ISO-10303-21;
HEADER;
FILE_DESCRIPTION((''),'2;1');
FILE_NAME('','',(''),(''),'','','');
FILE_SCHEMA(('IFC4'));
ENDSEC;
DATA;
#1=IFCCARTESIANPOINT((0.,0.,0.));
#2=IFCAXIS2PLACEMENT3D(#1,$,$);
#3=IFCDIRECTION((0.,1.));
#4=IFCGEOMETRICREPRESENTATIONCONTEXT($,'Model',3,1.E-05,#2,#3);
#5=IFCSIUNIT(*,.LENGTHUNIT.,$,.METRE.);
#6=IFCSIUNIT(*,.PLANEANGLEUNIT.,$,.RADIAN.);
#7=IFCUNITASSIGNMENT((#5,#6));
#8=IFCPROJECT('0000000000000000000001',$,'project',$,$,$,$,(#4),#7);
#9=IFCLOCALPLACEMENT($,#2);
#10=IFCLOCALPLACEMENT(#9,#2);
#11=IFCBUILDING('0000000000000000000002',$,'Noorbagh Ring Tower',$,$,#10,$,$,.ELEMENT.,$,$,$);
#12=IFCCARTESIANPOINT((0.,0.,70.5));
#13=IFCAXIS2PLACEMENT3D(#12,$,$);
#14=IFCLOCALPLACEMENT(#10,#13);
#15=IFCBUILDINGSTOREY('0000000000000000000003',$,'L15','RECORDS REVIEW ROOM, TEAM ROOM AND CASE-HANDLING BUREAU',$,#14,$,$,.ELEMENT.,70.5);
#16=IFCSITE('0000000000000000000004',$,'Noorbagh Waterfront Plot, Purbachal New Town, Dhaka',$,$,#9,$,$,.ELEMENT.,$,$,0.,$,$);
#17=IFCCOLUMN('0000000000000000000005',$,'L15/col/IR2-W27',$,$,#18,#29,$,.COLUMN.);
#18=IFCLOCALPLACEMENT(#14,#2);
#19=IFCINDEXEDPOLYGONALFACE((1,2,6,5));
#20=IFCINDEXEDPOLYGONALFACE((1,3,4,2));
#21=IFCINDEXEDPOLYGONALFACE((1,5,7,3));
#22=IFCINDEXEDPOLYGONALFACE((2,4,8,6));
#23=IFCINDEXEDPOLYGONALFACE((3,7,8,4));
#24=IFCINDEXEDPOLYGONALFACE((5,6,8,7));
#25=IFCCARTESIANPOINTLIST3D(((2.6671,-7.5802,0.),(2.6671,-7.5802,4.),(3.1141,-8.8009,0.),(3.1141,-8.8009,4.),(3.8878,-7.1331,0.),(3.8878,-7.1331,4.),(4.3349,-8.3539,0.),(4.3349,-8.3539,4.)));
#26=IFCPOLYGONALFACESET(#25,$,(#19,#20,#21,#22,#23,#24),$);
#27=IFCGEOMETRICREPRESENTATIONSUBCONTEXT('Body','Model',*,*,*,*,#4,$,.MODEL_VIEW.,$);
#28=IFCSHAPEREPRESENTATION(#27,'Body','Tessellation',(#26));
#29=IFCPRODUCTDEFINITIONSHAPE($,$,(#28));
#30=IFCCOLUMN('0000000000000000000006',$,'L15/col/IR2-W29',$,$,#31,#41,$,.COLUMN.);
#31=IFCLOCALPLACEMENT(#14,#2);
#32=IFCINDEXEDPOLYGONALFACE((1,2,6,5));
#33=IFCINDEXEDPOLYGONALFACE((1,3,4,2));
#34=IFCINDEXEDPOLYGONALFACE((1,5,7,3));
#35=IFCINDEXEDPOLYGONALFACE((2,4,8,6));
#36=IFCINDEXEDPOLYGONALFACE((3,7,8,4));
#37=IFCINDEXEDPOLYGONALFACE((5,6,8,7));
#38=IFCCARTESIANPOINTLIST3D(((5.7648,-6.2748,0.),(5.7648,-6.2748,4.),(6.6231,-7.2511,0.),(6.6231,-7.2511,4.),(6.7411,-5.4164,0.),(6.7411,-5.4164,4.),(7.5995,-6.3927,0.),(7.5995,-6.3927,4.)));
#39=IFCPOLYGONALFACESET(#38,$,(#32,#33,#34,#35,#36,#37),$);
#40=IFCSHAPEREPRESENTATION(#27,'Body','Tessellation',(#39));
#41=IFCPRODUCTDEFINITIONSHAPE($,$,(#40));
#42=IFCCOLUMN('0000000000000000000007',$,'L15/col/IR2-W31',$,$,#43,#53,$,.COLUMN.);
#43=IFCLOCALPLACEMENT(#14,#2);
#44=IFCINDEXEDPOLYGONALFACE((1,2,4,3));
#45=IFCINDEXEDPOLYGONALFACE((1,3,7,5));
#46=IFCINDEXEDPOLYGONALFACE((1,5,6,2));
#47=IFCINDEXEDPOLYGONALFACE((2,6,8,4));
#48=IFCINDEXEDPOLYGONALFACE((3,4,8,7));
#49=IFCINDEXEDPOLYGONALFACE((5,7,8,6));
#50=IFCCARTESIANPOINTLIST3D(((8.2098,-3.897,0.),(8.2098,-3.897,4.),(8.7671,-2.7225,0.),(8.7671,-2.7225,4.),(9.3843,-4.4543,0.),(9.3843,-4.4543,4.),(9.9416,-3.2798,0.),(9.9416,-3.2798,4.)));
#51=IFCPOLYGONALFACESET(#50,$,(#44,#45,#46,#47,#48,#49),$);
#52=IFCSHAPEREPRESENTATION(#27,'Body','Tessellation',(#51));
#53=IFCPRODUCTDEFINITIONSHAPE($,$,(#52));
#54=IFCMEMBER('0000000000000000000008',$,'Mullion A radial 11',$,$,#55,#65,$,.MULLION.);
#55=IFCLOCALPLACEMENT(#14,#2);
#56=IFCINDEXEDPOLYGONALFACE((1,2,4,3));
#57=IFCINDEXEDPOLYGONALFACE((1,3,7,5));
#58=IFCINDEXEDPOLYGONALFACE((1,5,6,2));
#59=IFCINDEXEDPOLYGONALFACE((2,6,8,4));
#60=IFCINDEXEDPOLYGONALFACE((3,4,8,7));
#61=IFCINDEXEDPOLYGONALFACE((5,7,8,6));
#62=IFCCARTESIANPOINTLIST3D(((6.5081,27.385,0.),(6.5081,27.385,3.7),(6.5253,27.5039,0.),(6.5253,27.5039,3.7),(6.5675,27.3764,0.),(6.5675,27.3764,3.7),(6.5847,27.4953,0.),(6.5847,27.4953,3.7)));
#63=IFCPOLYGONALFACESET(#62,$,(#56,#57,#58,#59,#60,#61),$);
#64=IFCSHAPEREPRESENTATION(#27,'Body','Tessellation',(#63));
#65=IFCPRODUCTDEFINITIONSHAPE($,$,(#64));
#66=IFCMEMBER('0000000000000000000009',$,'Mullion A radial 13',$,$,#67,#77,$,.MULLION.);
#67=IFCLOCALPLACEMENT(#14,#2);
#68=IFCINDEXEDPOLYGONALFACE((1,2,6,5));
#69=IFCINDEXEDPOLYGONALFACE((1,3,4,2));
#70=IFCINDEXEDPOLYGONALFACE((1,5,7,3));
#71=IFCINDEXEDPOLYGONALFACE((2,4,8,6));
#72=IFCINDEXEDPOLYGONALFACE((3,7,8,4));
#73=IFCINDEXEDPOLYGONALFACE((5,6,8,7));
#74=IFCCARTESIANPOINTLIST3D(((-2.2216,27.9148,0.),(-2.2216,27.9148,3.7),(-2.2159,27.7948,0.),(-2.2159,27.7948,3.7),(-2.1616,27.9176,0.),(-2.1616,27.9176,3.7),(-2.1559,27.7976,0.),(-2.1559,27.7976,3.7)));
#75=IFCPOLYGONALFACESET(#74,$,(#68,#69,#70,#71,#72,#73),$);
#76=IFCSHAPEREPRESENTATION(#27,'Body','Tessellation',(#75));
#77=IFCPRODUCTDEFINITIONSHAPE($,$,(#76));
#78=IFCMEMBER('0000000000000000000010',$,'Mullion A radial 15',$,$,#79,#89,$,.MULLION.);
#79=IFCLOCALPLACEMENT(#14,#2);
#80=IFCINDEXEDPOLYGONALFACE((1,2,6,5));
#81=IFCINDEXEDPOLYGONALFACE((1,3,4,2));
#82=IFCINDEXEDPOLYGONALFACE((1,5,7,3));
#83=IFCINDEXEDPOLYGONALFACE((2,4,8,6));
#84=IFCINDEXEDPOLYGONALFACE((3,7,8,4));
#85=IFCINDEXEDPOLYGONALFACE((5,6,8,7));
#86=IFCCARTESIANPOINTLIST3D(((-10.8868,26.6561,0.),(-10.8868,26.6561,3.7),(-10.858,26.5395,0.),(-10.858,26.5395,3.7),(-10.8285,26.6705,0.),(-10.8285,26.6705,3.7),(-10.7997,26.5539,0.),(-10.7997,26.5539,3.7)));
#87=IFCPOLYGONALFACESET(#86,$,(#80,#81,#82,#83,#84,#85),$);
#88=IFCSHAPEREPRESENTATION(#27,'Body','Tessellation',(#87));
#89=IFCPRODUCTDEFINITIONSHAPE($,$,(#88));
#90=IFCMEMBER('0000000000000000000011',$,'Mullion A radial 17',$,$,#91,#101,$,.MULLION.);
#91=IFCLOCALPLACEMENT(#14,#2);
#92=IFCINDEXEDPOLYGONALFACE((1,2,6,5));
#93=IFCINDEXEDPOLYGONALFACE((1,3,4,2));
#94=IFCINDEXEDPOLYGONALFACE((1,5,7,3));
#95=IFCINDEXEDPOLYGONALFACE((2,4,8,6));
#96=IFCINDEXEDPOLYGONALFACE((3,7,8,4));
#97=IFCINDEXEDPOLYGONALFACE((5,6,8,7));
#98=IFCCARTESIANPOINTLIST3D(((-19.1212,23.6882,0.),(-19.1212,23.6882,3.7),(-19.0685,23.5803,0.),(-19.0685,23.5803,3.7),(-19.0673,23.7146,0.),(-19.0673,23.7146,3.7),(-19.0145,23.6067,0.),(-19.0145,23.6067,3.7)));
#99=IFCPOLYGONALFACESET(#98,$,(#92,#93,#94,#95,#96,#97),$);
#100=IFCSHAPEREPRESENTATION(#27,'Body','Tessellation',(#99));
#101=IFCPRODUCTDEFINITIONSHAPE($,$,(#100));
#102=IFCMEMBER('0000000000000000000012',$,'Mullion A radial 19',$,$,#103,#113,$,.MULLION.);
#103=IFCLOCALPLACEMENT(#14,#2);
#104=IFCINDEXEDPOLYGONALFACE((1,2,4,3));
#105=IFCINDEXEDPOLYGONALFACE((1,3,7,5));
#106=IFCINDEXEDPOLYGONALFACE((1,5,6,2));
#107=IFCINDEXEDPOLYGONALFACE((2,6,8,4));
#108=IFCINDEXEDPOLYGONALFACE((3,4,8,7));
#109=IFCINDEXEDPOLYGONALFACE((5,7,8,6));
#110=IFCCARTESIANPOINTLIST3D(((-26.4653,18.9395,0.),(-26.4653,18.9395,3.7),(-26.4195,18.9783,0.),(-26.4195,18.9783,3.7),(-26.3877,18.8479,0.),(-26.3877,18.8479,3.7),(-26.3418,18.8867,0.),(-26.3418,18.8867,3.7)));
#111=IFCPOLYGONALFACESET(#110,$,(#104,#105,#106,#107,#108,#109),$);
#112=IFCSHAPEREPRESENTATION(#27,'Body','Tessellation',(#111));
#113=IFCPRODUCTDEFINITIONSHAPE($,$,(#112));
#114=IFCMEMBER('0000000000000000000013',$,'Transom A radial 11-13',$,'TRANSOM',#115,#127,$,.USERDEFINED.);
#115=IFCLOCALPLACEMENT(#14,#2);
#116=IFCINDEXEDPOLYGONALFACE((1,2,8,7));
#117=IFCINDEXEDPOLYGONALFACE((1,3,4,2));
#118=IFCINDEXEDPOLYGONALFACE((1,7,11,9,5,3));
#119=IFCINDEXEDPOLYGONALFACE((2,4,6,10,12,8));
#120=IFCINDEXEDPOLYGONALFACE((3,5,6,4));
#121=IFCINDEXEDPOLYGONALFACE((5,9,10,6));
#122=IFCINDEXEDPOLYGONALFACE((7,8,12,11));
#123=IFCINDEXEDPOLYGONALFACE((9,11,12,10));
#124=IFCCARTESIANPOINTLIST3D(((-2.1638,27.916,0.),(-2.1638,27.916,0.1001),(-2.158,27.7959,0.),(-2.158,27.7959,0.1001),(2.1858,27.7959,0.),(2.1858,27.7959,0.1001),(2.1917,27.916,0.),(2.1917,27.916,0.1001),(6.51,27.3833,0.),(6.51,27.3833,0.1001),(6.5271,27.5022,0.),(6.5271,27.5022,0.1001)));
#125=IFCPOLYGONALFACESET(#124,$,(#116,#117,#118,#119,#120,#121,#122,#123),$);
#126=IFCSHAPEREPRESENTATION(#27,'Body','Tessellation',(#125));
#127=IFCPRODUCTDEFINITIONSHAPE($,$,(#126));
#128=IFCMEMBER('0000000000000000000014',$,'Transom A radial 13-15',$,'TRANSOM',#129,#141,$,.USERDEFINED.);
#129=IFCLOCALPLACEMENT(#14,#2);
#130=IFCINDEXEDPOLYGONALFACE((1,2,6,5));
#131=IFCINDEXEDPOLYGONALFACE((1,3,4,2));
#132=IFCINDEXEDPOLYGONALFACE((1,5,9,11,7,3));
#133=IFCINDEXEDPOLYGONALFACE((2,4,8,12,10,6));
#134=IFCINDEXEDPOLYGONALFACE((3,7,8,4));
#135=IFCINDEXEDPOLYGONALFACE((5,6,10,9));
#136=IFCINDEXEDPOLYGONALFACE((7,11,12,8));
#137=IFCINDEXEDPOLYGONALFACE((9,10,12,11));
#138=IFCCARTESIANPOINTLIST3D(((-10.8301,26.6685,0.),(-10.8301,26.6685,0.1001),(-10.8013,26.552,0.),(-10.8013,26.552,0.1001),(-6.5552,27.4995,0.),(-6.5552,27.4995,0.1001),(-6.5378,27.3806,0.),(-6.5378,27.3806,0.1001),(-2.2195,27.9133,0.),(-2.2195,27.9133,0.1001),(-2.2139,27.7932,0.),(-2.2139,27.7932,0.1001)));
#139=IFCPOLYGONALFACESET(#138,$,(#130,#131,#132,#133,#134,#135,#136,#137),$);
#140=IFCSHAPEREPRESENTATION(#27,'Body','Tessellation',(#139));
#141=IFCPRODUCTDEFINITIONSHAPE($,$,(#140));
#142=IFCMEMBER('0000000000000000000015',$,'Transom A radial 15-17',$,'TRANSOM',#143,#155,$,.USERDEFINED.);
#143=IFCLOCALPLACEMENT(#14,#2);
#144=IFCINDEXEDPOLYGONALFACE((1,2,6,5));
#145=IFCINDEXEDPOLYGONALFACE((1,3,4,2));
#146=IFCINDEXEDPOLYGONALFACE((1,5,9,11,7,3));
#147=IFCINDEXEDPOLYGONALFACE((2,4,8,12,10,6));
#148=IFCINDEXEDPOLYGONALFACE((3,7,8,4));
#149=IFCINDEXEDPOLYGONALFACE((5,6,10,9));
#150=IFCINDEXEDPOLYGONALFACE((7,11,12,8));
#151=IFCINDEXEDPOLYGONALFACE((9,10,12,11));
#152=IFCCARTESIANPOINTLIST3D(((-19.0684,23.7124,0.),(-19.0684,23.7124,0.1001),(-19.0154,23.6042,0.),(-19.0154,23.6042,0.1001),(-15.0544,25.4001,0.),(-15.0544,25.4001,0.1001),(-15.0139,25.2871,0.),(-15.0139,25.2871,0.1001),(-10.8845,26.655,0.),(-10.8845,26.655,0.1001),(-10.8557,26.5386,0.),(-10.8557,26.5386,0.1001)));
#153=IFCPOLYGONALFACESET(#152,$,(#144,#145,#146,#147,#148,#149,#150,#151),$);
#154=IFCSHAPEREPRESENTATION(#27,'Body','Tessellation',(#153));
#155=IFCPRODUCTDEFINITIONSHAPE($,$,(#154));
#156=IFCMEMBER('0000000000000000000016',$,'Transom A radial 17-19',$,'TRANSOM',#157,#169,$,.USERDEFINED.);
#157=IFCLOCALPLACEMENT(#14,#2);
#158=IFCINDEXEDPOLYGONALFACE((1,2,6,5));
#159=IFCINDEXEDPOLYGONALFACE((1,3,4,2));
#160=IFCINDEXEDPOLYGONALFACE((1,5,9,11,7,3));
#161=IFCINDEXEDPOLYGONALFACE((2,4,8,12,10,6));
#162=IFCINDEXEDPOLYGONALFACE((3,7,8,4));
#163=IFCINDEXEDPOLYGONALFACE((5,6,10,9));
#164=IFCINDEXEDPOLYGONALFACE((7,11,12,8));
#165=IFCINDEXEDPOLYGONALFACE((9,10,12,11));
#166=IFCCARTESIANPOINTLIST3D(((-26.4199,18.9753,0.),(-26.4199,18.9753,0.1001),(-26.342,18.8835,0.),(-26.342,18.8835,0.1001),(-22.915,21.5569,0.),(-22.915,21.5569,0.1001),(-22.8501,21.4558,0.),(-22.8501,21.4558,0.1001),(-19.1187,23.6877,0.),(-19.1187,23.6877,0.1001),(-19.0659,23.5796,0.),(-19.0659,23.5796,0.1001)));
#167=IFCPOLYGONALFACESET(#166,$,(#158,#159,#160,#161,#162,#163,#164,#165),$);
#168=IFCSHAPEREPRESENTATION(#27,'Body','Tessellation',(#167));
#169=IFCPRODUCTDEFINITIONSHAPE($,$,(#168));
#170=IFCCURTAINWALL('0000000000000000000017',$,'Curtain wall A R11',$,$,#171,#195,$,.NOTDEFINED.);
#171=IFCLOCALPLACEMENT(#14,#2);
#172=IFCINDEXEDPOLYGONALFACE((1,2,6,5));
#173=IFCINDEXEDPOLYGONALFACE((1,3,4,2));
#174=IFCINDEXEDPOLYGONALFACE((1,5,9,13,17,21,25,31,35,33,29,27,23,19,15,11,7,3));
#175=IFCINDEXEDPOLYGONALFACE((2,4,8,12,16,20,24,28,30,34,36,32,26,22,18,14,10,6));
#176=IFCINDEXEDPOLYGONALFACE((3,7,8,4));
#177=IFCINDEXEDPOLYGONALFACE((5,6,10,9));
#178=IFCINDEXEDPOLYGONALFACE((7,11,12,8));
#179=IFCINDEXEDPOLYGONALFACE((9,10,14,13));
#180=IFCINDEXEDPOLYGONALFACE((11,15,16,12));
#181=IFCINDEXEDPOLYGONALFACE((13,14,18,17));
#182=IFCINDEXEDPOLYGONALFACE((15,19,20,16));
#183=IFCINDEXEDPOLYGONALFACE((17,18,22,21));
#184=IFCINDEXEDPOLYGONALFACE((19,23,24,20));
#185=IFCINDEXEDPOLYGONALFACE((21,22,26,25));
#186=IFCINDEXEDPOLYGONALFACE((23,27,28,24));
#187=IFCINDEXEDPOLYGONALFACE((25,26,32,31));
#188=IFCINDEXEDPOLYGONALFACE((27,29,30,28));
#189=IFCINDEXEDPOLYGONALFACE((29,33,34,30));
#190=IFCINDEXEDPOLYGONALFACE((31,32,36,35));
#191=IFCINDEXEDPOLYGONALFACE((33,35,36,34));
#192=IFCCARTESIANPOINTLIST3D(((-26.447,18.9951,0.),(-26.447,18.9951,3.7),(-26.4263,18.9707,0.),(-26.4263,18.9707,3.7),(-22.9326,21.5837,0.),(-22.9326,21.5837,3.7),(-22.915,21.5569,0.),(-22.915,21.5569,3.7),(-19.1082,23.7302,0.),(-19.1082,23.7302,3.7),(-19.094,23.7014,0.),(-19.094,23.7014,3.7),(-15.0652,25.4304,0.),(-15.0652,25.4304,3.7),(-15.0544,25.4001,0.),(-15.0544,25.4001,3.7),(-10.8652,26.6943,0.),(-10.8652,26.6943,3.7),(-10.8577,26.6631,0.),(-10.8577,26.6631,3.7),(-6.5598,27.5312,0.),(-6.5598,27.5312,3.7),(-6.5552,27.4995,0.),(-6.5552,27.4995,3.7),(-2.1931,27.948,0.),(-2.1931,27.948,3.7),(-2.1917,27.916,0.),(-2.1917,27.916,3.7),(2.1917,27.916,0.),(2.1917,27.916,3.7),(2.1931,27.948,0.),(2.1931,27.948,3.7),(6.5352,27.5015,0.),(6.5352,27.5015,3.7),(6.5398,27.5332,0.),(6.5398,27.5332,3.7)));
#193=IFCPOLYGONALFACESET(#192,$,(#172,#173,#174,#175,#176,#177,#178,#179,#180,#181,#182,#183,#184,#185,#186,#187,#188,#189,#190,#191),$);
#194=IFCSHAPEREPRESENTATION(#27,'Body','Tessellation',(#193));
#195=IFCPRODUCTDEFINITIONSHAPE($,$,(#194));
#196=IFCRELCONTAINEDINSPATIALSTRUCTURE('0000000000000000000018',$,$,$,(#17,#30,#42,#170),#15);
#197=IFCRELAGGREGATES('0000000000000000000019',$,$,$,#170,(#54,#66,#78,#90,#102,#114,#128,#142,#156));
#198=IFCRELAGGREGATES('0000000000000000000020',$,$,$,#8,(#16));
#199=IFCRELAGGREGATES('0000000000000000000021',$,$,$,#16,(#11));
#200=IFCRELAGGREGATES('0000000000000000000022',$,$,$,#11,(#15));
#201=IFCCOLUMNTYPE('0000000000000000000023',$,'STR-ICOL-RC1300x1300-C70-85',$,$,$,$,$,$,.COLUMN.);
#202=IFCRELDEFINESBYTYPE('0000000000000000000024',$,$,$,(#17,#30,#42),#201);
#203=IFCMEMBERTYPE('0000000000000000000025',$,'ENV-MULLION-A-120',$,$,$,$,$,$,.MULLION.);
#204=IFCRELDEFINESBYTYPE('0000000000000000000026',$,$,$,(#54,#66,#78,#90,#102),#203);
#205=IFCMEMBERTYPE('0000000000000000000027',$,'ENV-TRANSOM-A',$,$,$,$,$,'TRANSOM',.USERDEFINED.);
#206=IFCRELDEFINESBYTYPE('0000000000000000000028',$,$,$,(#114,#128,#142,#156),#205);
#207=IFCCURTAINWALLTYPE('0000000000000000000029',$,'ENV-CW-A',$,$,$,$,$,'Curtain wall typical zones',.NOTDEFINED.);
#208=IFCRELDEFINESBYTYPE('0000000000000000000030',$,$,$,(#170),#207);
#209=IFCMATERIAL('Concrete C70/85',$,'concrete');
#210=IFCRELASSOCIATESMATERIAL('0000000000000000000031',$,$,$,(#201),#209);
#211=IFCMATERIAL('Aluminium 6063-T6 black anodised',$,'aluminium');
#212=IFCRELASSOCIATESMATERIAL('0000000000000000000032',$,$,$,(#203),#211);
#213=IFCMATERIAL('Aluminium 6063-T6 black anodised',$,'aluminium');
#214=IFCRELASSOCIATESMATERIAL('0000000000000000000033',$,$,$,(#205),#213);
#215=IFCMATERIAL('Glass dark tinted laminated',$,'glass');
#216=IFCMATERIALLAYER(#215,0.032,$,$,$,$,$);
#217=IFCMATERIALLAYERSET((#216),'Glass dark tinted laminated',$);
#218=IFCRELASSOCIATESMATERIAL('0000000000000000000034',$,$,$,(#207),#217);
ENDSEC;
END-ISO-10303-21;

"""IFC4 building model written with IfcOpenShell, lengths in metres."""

from ifc_helpers import new_model, si_unit, direction, frame, origin, origin_2d, place, context, subcontext, project, spatial, polyline, rectangle, outline, extrude, material, layer, layer_set, material_profile, profile_set, type_object, element, aggregate, save


model = new_model("IFC4")

# Units and contexts
model_context = context("Model", 3, precision=1e-05, world=origin(), true_north=direction((0.0, 1.0)))
body_context = subcontext(model_context, "Body", "Model", "MODEL_VIEW")
ifc_project = project(units=[si_unit("LENGTHUNIT", "METRE"), si_unit("PLANEANGLEUNIT", "RADIAN")], contexts=[model_context])

# Site, building, storey
site_placement = place(None, origin())
site = spatial("IfcSite", under=ifc_project, at=site_placement, Name="Noorbagh Waterfront Plot, Purbachal New Town, Dhaka", CompositionType="ELEMENT", RefElevation=0.0)
building_placement = place(site_placement, origin())
building = spatial("IfcBuilding", under=site, at=building_placement, Name="Noorbagh Ring Tower", CompositionType="ELEMENT")
storey_placement = place(building_placement, frame((0.0, 0.0, 70.5)))
storey = spatial("IfcBuildingStorey", under=building, at=storey_placement, Name="L15", Description="RECORDS REVIEW ROOM, TEAM ROOM AND CASE-HANDLING BUREAU", CompositionType="ELEMENT", Elevation=70.5)

# Columns
ifc_material_1 = material(Name="Concrete C70/85", Category="concrete")
ifc_material_profile_1 = material_profile(ifc_material_1, rectangle(XDim=1.3, YDim=1.3, at=origin_2d()), Name="RC1300x1300")
ifc_profile_set_1 = profile_set([ifc_material_profile_1], Name="Concrete C70/85")
column_type = type_object("IfcColumnType", Name="STR-ICOL-RC1300x1300-C70-85", PredefinedType="COLUMN", material=ifc_profile_set_1)
for number, where, z_axis, x_axis, name in (
    (1, (3.501, -7.967, 0.0), (0.0, 0.0, 1.0), (0.93902, 0.343864, 0.0), "L15/col/IR2-W27"),
    (2, (6.6821, -6.3337, 0.0), (0.0, 0.0, 1.0), (0.751022, 0.660277, 0.0), "L15/col/IR2-W29"),
    (3, (9.0757, -3.5884, 0.0), (0.0, 0.0, 1.0), (0.428667, 0.903463, 0.0), "L15/col/IR2-W31"),
):
    element("IfcColumn", number, at=place(storey_placement, frame(where, z_axis=z_axis, x_axis=x_axis)), inside=storey, type_object=column_type, Name=name, PredefinedType="COLUMN", context=body_context, shape_type="SweptSolid", body=[
        extrude(rectangle(XDim=1.3, YDim=1.3, at=origin_2d()), origin(), (0.0, 0.0, 1.0), 4.0),
    ])

# Members
ifc_material_2 = material(Name="Aluminium 6063-T6 black anodised", Category="aluminium")
ifc_material_profile_2 = material_profile(ifc_material_2, rectangle(XDim=0.1201, YDim=0.0601, at=origin_2d()), Name="120x60")
ifc_profile_set_2 = profile_set([ifc_material_profile_2], Name="Aluminium 6063-T6 black anodised")
member_type_1 = type_object("IfcMemberType", Name="ENV-MULLION-A-120", PredefinedType="MULLION", material=ifc_profile_set_2)
member_1_placement = place(storey_placement, frame((6.5464, 27.4402, 0.0), z_axis=(0.0, 0.0, 1.0), x_axis=(-0.143082, -0.989711, 0.0)))
member_1 = element("IfcMember", 4, at=member_1_placement, type_object=member_type_1, Name="Mullion A radial 11", PredefinedType="MULLION", context=body_context, shape_type="SweptSolid", body=[
    extrude(rectangle(XDim=0.1201, YDim=0.0601, at=origin_2d()), origin(), (0.0, 0.0, 1.0), 3.7),
])
member_2_placement = place(storey_placement, frame((-2.1887, 27.8562, 0.0), z_axis=(0.0, 0.0, 1.0), x_axis=(0.047558, -0.998868, 0.0)))
member_2 = element("IfcMember", 5, at=member_2_placement, type_object=member_type_1, Name="Mullion A radial 13", PredefinedType="MULLION", context=body_context, shape_type="SweptSolid", body=[
    extrude(rectangle(XDim=0.1201, YDim=0.0601, at=origin_2d()), origin(), (0.0, 0.0, 1.0), 3.7),
])
member_3_placement = place(storey_placement, frame((-10.8433, 26.605, 0.0), z_axis=(0.0, 0.0, 1.0), x_axis=(0.239799, -0.970823, 0.0)))
member_3 = element("IfcMember", 6, at=member_3_placement, type_object=member_type_1, Name="Mullion A radial 15", PredefinedType="MULLION", context=body_context, shape_type="SweptSolid", body=[
    extrude(rectangle(XDim=0.1201, YDim=0.0601, at=origin_2d()), origin(), (0.0, 0.0, 1.0), 3.7),
])
member_4_placement = place(storey_placement, frame((-19.0679, 23.6475, 0.0), z_axis=(0.0, 0.0, 1.0), x_axis=(0.439238, -0.898371, 0.0)))
member_4 = element("IfcMember", 7, at=member_4_placement, type_object=member_type_1, Name="Mullion A radial 17", PredefinedType="MULLION", context=body_context, shape_type="SweptSolid", body=[
    extrude(rectangle(XDim=0.1201, YDim=0.0601, at=origin_2d()), origin(), (0.0, 0.0, 1.0), 3.7),
])
member_5_placement = place(storey_placement, frame((-26.4036, 18.9131, 0.0), z_axis=(0.0, 0.0, 1.0), x_axis=(0.646451, -0.762955, 0.0)))
member_5 = element("IfcMember", 8, at=member_5_placement, type_object=member_type_1, Name="Mullion A radial 19", PredefinedType="MULLION", context=body_context, shape_type="SweptSolid", body=[
    extrude(rectangle(XDim=0.1201, YDim=0.0601, at=origin_2d()), origin(), (0.0, 0.0, 1.0), 3.7),
])
ifc_material_3 = material(Name="Aluminium 6063-T6 black anodised", Category="aluminium")
member_type_2 = type_object("IfcMemberType", Name="ENV-TRANSOM-A", ElementType="TRANSOM", PredefinedType="USERDEFINED", material=ifc_material_3)
member_6_placement = place(storey_placement, origin())
member_6 = element("IfcMember", 9, at=member_6_placement, type_object=member_type_2, Name="Transom A radial 11-13", ObjectType="TRANSOM", PredefinedType="USERDEFINED", context=body_context, shape_type="SweptSolid", body=[
    extrude(outline(polyline([(6.5271, 27.5022), (2.1917, 27.916), (-2.1638, 27.916), (-2.158, 27.7959), (2.1858, 27.7959), (6.51, 27.3833), (6.5271, 27.5022)])), origin(), (0.0, 0.0, 1.0), 0.1001),
])
member_7_placement = place(storey_placement, origin())
member_7 = element("IfcMember", 10, at=member_7_placement, type_object=member_type_2, Name="Transom A radial 13-15", ObjectType="TRANSOM", PredefinedType="USERDEFINED", context=body_context, shape_type="SweptSolid", body=[
    extrude(outline(polyline([(-2.2195, 27.9133), (-6.5552, 27.4995), (-10.8301, 26.6685), (-10.8013, 26.552), (-6.5378, 27.3806), (-2.2139, 27.7932), (-2.2195, 27.9133)])), origin(), (0.0, 0.0, 1.0), 0.1001),
])
member_8_placement = place(storey_placement, origin())
member_8 = element("IfcMember", 11, at=member_8_placement, type_object=member_type_2, Name="Transom A radial 15-17", ObjectType="TRANSOM", PredefinedType="USERDEFINED", context=body_context, shape_type="SweptSolid", body=[
    extrude(outline(polyline([(-10.8845, 26.655), (-15.0544, 25.4001), (-19.0684, 23.7124), (-19.0154, 23.6042), (-15.0139, 25.2871), (-10.8557, 26.5386), (-10.8845, 26.655)])), origin(), (0.0, 0.0, 1.0), 0.1001),
])
member_9_placement = place(storey_placement, origin())
member_9 = element("IfcMember", 12, at=member_9_placement, type_object=member_type_2, Name="Transom A radial 17-19", ObjectType="TRANSOM", PredefinedType="USERDEFINED", context=body_context, shape_type="SweptSolid", body=[
    extrude(outline(polyline([(-19.1187, 23.6877), (-22.915, 21.5569), (-26.4199, 18.9753), (-26.342, 18.8835), (-22.8501, 21.4558), (-19.0659, 23.5796), (-19.1187, 23.6877)])), origin(), (0.0, 0.0, 1.0), 0.1001),
])

# Curtain wall
ifc_material_4 = material(Name="Glass dark tinted laminated", Category="glass")
ifc_layer_1 = layer(ifc_material_4, 0.032)
ifc_layer_set_1 = layer_set([ifc_layer_1], Name="Glass dark tinted laminated")
curtain_wall_type = type_object("IfcCurtainWallType", Name="ENV-CW-A", ElementType="Curtain wall typical zones", PredefinedType="NOTDEFINED", material=ifc_layer_set_1)
curtain_wall_placement = place(storey_placement, origin())
curtain_wall = element("IfcCurtainWall", 13, at=curtain_wall_placement, inside=storey, type_object=curtain_wall_type, Name="Curtain wall A R11", PredefinedType="NOTDEFINED", context=body_context, shape_type="SweptSolid", body=[
    extrude(outline(polyline([(6.5398, 27.5332), (2.1931, 27.948), (-2.1931, 27.948), (-6.5598, 27.5312), (-10.8652, 26.6943), (-15.0652, 25.4304), (-19.1082, 23.7302), (-22.9326, 21.5837), (-26.447, 18.9951), (-26.4263, 18.9707), (-22.915, 21.5569), (-19.094, 23.7014), (-15.0544, 25.4001), (-10.8577, 26.6631), (-6.5552, 27.4995), (-2.1917, 27.916), (2.1917, 27.916), (6.5352, 27.5015), (6.5398, 27.5332)])), origin(), (0.0, 0.0, 1.0), 3.7),
])
aggregate(curtain_wall, [member_1, member_2, member_3, member_4, member_5, member_6, member_7, member_8, member_9])

save(model, "model.ifc")
